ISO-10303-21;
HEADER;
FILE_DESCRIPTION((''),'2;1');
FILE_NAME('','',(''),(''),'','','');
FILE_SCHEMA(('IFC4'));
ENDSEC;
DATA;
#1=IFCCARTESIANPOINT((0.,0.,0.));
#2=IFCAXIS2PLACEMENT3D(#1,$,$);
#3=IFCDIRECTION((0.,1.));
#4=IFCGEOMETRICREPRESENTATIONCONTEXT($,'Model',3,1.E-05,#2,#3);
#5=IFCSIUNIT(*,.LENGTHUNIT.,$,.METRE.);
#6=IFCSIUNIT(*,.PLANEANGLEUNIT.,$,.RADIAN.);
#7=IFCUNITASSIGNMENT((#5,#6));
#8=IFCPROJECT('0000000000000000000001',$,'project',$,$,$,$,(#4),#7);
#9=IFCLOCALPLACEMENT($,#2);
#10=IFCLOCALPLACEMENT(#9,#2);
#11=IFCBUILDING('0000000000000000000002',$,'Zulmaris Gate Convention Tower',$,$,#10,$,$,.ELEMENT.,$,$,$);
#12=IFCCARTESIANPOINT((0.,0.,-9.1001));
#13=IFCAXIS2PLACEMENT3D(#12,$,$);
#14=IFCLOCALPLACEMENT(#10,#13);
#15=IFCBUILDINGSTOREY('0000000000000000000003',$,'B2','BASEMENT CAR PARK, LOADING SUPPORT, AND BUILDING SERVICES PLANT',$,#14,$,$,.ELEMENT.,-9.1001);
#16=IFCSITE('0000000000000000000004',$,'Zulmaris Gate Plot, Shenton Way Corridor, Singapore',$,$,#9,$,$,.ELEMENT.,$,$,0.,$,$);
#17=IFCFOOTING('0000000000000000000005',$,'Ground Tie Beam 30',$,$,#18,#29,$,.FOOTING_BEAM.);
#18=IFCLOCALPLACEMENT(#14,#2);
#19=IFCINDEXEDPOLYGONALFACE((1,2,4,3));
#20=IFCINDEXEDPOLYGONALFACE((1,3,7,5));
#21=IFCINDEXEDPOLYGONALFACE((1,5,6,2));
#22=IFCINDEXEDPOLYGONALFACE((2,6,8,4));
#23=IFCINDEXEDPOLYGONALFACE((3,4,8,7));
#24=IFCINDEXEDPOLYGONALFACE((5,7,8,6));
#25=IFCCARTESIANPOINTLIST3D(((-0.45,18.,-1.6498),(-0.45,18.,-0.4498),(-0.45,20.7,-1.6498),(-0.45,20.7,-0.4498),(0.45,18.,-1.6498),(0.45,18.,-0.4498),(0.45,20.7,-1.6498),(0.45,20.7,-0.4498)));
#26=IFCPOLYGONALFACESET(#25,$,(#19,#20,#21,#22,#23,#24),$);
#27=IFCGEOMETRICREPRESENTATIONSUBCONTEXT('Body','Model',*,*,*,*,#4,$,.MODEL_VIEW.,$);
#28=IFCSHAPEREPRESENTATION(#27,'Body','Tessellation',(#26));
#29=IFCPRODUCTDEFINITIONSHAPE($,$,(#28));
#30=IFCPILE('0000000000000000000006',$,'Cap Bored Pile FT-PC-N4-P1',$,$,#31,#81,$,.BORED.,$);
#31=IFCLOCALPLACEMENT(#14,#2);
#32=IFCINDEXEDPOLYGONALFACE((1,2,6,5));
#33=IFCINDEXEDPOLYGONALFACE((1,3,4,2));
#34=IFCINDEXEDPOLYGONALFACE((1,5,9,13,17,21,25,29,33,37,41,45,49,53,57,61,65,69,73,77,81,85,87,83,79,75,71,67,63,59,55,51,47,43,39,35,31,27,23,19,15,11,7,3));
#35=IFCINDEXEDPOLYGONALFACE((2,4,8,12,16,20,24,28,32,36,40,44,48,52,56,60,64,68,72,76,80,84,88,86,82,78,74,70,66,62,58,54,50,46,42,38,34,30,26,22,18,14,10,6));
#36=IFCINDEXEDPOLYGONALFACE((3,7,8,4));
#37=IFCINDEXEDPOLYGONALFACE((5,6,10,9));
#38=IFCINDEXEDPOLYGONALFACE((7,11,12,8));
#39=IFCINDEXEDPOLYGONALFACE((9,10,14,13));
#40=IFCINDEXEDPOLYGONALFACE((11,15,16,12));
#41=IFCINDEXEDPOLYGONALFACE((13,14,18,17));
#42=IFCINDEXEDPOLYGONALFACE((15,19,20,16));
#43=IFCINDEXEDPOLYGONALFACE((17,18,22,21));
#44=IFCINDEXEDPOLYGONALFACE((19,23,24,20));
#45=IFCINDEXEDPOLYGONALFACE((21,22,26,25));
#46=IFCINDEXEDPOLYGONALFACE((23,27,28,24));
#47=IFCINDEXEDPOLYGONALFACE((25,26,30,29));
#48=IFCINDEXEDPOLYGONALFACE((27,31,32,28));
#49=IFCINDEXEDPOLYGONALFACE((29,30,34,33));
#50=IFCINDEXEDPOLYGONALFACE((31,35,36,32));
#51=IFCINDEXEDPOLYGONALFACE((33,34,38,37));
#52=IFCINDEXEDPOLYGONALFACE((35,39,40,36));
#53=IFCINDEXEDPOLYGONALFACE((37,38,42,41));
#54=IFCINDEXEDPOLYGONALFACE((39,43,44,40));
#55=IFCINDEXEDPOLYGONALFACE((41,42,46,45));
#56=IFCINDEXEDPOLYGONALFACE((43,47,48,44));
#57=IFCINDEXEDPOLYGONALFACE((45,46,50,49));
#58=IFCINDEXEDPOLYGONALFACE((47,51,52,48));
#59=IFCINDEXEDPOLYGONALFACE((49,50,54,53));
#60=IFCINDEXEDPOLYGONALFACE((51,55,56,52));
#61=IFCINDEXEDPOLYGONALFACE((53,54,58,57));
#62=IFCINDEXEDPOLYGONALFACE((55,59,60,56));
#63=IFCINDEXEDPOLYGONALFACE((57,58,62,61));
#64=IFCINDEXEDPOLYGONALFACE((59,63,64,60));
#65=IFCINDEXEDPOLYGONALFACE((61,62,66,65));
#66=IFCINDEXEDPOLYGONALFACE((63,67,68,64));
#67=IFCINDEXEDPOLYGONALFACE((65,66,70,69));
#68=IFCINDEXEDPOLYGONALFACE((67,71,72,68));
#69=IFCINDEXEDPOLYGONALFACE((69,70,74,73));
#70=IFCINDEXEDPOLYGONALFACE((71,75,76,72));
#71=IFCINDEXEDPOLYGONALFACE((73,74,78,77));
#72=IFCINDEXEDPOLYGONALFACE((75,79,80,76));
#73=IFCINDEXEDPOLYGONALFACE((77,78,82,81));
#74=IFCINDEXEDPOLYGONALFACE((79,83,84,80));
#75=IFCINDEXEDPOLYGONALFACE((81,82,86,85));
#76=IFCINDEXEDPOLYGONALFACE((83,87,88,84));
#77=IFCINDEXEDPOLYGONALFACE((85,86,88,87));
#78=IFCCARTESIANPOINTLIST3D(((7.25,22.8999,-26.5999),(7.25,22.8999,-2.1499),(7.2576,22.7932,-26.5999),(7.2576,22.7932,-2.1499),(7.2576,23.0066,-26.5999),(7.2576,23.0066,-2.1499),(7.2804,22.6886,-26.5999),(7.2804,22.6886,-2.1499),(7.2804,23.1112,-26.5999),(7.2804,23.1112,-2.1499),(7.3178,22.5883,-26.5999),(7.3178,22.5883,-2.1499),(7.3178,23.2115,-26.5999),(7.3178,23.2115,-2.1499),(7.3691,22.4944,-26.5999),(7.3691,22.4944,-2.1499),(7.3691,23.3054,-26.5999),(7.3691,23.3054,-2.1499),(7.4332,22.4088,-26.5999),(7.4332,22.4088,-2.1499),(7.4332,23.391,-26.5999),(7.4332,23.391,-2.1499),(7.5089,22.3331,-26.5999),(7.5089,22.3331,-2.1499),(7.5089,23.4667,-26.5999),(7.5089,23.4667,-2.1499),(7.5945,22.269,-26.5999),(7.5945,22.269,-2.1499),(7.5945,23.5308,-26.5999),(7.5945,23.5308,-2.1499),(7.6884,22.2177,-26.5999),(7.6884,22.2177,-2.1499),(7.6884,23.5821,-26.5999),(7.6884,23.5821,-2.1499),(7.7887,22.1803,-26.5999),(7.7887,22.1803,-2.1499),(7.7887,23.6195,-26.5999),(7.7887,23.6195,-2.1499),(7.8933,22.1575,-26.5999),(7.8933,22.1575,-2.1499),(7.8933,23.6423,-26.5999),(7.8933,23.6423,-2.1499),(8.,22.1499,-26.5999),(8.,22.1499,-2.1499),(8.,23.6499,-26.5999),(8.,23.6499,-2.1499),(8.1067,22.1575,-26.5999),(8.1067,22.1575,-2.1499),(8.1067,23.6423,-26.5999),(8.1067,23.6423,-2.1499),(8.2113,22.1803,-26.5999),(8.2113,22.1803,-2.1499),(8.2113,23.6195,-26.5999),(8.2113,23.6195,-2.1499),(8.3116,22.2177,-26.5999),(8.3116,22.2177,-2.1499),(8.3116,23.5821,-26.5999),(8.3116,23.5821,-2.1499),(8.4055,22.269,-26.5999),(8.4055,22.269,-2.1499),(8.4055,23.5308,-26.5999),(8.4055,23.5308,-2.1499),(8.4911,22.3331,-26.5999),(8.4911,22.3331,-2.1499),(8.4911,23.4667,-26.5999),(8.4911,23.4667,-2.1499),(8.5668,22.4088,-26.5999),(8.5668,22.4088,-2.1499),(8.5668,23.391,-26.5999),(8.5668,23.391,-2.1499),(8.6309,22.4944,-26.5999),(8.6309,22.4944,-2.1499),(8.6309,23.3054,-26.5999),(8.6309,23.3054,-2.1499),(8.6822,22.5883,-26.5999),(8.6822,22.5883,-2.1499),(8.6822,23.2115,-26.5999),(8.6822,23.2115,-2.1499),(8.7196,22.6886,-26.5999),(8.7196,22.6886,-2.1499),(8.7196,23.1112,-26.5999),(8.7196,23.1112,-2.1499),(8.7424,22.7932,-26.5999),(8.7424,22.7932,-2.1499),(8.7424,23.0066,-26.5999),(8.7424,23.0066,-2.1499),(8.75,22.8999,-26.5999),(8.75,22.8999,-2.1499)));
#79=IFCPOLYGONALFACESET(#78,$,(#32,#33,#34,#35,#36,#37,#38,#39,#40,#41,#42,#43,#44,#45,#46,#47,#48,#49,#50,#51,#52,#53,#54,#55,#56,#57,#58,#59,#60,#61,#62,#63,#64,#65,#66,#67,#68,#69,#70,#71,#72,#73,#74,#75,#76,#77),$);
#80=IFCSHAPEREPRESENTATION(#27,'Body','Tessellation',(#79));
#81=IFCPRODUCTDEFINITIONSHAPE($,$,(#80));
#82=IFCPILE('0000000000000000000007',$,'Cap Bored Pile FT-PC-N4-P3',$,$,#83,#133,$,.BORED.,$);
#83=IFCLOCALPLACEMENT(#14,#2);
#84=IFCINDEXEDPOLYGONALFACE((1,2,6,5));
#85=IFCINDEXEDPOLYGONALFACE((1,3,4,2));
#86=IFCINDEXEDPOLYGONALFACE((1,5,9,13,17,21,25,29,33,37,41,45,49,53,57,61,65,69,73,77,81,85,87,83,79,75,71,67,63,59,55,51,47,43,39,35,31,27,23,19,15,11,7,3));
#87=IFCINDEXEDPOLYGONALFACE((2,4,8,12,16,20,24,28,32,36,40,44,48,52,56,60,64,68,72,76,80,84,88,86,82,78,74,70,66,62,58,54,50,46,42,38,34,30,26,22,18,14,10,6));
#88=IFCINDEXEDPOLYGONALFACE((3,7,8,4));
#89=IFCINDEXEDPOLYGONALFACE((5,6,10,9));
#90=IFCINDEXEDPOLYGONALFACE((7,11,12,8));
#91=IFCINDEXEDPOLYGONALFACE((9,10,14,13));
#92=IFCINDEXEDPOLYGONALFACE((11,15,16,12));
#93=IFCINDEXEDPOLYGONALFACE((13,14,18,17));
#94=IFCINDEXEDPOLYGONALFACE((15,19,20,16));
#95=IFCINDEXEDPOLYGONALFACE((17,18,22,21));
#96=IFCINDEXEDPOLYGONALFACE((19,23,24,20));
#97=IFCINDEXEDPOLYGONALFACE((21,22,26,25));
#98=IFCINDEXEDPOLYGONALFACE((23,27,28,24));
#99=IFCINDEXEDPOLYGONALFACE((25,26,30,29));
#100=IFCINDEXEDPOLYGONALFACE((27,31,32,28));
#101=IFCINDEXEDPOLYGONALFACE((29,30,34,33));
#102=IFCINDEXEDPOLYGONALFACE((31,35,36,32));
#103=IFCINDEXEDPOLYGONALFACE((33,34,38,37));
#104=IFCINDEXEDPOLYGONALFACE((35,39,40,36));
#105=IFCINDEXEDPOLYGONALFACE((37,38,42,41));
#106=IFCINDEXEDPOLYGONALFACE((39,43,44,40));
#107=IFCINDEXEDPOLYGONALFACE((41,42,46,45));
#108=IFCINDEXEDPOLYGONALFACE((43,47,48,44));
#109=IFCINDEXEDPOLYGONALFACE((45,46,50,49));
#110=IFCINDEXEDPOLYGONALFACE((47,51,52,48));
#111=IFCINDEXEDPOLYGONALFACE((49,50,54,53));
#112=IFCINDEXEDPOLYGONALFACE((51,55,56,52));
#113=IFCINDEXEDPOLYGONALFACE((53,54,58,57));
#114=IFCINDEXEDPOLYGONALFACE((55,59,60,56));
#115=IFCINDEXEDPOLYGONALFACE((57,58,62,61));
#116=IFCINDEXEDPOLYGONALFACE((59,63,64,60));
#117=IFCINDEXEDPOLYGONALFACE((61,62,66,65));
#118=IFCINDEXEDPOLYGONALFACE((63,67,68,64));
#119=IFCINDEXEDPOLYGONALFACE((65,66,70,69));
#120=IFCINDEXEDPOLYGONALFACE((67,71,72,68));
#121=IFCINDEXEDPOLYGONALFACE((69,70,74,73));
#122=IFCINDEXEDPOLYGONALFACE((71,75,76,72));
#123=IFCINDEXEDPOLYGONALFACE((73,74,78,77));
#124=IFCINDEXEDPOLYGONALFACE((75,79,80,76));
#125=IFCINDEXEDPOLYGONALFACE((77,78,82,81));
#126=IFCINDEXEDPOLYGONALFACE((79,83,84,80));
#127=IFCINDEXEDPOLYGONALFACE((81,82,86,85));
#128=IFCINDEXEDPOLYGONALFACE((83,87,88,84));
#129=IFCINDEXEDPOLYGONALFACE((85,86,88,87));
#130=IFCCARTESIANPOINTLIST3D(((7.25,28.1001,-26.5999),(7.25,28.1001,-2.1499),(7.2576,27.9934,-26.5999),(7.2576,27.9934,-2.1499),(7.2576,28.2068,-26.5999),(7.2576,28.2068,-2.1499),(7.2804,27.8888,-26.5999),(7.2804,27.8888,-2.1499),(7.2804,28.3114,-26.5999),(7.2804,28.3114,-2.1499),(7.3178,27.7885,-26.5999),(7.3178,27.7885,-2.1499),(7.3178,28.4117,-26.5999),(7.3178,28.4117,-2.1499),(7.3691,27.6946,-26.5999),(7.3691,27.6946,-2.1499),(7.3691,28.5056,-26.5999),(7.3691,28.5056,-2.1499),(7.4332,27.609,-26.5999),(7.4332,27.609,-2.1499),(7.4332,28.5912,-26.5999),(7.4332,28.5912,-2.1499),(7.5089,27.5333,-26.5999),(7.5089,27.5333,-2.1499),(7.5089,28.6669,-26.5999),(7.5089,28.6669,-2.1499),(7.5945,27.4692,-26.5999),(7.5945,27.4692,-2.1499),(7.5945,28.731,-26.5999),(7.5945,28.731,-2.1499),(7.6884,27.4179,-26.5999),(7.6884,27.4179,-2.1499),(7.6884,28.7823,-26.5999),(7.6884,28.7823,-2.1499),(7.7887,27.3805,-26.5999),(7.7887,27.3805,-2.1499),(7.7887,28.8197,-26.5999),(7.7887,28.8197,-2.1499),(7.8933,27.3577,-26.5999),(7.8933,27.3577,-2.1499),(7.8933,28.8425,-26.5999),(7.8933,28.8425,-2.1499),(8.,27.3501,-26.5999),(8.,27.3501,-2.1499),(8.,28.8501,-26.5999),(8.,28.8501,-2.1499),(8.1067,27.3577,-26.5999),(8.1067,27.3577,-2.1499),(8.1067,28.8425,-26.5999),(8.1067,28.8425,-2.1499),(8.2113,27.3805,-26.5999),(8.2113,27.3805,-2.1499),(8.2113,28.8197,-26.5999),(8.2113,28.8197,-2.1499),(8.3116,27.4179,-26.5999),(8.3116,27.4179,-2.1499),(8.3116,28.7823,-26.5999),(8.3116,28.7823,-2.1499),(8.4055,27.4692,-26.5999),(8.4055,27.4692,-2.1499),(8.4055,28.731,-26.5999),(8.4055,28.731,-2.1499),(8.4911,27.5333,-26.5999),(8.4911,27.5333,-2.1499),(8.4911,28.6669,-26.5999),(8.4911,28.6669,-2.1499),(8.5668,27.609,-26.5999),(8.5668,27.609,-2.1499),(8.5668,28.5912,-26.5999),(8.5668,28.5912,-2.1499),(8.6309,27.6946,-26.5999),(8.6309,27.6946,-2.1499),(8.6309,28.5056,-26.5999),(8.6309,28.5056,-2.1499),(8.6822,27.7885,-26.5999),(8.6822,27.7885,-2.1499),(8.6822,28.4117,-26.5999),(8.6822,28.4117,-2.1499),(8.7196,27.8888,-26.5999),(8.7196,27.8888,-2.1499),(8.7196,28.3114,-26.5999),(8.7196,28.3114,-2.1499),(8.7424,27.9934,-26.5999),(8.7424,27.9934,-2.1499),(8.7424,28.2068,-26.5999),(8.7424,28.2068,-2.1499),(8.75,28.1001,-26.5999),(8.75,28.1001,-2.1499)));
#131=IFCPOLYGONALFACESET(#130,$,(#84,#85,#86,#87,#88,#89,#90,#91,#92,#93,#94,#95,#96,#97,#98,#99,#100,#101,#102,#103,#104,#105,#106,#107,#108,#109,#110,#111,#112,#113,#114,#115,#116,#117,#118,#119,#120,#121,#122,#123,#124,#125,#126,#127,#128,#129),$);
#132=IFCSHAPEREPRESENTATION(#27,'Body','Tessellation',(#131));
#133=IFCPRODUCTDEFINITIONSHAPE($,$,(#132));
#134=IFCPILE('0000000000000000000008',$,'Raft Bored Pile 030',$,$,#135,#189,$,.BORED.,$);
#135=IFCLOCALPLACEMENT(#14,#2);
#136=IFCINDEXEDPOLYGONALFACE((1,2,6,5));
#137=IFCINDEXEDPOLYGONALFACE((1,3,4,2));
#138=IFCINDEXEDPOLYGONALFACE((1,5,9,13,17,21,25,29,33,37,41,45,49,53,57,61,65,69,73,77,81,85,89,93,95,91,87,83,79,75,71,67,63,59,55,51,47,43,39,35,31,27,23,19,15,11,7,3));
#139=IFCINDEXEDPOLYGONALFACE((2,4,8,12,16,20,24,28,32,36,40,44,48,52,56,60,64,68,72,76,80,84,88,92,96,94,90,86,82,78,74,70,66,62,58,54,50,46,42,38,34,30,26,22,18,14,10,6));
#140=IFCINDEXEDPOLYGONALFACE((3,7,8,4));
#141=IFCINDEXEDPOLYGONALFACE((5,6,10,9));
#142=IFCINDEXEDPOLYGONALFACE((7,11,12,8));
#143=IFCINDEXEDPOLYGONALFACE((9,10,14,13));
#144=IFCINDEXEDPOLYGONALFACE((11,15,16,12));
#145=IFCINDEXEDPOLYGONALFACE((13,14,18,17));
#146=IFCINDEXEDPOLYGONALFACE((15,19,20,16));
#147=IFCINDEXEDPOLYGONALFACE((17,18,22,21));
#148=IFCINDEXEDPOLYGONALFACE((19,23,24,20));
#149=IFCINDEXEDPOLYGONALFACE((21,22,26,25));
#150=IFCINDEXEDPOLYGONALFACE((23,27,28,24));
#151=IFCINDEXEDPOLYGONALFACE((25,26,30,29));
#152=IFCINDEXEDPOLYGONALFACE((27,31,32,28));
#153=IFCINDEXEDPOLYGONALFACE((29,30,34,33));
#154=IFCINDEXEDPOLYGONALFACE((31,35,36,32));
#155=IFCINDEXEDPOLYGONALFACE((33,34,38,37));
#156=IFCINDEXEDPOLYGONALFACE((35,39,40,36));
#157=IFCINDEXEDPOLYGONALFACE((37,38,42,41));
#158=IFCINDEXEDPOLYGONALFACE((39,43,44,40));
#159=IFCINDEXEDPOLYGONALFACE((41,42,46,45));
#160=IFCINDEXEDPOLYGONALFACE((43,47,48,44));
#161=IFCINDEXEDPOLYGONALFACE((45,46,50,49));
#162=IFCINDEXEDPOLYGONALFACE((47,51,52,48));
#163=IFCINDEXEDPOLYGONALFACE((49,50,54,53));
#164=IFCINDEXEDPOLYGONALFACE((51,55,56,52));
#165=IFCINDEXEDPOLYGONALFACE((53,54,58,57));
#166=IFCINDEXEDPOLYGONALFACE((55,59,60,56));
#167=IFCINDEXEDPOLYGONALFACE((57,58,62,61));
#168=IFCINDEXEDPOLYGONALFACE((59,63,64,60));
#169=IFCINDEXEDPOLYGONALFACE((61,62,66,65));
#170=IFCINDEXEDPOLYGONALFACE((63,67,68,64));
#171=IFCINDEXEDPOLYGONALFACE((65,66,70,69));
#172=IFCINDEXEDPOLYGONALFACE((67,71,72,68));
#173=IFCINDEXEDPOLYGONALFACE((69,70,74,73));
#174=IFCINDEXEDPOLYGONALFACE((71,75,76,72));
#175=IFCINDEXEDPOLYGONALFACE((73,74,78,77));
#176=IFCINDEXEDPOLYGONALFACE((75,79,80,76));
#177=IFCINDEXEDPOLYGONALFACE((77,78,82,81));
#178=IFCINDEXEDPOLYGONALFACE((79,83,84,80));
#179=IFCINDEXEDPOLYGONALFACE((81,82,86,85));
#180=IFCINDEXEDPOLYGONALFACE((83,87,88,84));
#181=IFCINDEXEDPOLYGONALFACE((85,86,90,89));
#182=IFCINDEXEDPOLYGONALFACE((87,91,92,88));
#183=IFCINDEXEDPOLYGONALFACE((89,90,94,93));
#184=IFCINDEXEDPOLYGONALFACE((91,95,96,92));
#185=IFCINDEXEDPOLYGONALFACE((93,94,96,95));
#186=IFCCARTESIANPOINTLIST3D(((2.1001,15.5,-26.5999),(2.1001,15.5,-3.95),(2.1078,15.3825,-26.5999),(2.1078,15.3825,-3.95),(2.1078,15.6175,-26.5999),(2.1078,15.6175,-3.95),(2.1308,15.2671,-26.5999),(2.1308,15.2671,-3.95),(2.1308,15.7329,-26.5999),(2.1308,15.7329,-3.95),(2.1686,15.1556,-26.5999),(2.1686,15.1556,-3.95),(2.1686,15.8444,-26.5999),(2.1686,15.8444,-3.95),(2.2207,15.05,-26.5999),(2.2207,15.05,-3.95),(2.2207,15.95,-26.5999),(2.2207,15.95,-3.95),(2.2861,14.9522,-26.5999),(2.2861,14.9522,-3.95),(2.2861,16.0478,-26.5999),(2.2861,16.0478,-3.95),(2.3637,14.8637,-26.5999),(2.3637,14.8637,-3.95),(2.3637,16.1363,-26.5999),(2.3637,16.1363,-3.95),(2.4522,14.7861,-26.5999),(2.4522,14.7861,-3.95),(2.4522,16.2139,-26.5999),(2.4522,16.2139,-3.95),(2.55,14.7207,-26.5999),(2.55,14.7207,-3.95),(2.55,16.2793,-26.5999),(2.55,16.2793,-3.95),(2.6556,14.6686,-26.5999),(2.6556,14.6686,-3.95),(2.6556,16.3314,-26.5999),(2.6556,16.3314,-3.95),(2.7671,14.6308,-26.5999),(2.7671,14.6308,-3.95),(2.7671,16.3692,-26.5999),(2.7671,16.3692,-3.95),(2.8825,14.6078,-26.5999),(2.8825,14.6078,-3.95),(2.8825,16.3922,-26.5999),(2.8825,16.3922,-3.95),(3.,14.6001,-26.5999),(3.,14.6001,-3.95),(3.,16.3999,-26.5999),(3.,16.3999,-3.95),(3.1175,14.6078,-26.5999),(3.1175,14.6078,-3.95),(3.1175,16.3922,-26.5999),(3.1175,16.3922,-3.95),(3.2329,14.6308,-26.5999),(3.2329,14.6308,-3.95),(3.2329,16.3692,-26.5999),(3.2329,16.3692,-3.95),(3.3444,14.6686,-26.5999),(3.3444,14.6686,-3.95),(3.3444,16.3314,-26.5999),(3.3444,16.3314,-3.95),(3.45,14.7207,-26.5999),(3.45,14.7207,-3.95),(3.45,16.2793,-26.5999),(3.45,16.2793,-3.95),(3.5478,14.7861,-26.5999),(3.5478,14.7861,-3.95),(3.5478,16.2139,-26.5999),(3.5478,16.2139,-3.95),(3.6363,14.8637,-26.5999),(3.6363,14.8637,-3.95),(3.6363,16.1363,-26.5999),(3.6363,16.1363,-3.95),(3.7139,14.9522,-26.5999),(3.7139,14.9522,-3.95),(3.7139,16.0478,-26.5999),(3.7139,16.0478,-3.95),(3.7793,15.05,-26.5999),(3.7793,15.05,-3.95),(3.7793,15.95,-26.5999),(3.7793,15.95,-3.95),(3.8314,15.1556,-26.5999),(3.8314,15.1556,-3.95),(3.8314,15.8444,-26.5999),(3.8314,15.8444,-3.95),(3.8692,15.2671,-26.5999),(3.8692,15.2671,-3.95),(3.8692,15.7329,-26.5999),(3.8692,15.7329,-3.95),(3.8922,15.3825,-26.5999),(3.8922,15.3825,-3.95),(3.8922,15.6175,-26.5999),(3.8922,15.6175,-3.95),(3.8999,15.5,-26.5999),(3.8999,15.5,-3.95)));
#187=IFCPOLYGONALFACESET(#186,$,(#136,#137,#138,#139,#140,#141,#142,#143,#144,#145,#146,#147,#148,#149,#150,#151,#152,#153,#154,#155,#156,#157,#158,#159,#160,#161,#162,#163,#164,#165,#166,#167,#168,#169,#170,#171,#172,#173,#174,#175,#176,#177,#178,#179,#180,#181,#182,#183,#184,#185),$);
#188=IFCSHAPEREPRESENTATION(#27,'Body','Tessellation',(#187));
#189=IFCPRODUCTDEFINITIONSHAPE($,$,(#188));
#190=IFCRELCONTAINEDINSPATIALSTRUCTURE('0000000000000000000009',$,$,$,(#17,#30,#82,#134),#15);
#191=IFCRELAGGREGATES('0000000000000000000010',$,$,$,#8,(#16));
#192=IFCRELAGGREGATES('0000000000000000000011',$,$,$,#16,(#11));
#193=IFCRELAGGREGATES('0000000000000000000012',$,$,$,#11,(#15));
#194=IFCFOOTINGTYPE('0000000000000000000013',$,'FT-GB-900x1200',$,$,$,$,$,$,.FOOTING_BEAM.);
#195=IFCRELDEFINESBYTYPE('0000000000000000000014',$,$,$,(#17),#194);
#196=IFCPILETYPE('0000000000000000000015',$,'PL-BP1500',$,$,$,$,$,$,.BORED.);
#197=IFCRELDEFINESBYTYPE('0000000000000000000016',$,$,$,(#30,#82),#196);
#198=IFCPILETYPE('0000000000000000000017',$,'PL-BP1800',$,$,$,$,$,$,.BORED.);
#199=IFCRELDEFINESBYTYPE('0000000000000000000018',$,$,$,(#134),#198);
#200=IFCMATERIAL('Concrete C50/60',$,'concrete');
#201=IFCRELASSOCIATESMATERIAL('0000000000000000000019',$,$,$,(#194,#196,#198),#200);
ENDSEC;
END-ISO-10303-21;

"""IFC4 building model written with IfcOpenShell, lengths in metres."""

from ifc_helpers import new_model, si_unit, direction, frame, origin, origin_2d, place, context, subcontext, project, spatial, rectangle, circle, extrude, material, material_profile, profile_set, type_object, element, save


model = new_model("IFC4")

# Units and contexts
model_context = context("Model", 3, precision=1e-05, world=origin(), true_north=direction((0.0, 1.0)))
body_context = subcontext(model_context, "Body", "Model", "MODEL_VIEW")
ifc_project = project(units=[si_unit("LENGTHUNIT", "METRE"), si_unit("PLANEANGLEUNIT", "RADIAN")], contexts=[model_context])

# Site, building, storey
site_placement = place(None, origin())
site = spatial("IfcSite", under=ifc_project, at=site_placement, Name="Zulmaris Gate Plot, Shenton Way Corridor, Singapore", CompositionType="ELEMENT", RefElevation=0.0)
building_placement = place(site_placement, origin())
building = spatial("IfcBuilding", under=site, at=building_placement, Name="Zulmaris Gate Convention Tower", CompositionType="ELEMENT")
storey_placement = place(building_placement, frame((0.0, 0.0, -9.1001)))
storey = spatial("IfcBuildingStorey", under=building, at=storey_placement, Name="B2", Description="BASEMENT CAR PARK, LOADING SUPPORT, AND BUILDING SERVICES PLANT", CompositionType="ELEMENT", Elevation=-9.1001)

# Footing
ifc_material_1 = material(Name="Concrete C50/60", Category="concrete")
ifc_material_profile_1 = material_profile(ifc_material_1, rectangle(XDim=0.8999, YDim=1.2, at=origin_2d()), Name="RC TIE 900x1200")
ifc_profile_set_1 = profile_set([ifc_material_profile_1], Name="Concrete C50/60")
footing_type = type_object("IfcFootingType", Name="FT-GB-900x1200", PredefinedType="FOOTING_BEAM", material=ifc_profile_set_1)
footing_placement = place(storey_placement, frame((0.0, 18.0, -1.0498), z_axis=(0.0, 1.0, 0.0), x_axis=(-1.0, 0.0, 0.0)))
element("IfcFooting", 1, at=footing_placement, inside=storey, type_object=footing_type, Name="Ground Tie Beam 30", PredefinedType="FOOTING_BEAM", context=body_context, shape_type="SweptSolid", body=[
    extrude(rectangle(XDim=0.8999, YDim=1.2, at=origin_2d()), origin(), (0.0, 0.0, 1.0), 2.7),
])

# Piles
ifc_material_profile_2 = material_profile(ifc_material_1, circle(Radius=0.75, at=origin_2d()), Name="BORED PILE 1500")
ifc_profile_set_2 = profile_set([ifc_material_profile_2], Name="Concrete C50/60")
pile_type_1 = type_object("IfcPileType", Name="PL-BP1500", PredefinedType="BORED", material=ifc_profile_set_2)
for number, where, z_axis, x_axis, name in (
    (2, (8.0, 22.8999, -2.1499), (0.0, 0.0, -1.0), (1.0, 0.0, 0.0), "Cap Bored Pile FT-PC-N4-P1"),
    (3, (8.0, 28.1001, -2.1499), (0.0, 0.0, -1.0), (1.0, 0.0, 0.0), "Cap Bored Pile FT-PC-N4-P3"),
):
    element("IfcPile", number, at=place(storey_placement, frame(where, z_axis=z_axis, x_axis=x_axis)), inside=storey, type_object=pile_type_1, Name=name, PredefinedType="BORED", context=body_context, shape_type="SweptSolid", body=[
        extrude(circle(Radius=0.75, at=origin_2d()), origin(), (0.0, 0.0, 1.0), 24.45),
    ])
ifc_material_profile_3 = material_profile(ifc_material_1, circle(Radius=0.8999, at=origin_2d()), Name="BORED PILE 1800")
ifc_profile_set_3 = profile_set([ifc_material_profile_3], Name="Concrete C50/60")
pile_type_2 = type_object("IfcPileType", Name="PL-BP1800", PredefinedType="BORED", material=ifc_profile_set_3)
for number, where, z_axis, x_axis, name in (
    (4, (3.0, 15.5, -3.95), (0.0, 0.0, -1.0), (1.0, 0.0, 0.0), "Raft Bored Pile 030"),
):
    element("IfcPile", number, at=place(storey_placement, frame(where, z_axis=z_axis, x_axis=x_axis)), inside=storey, type_object=pile_type_2, Name=name, PredefinedType="BORED", context=body_context, shape_type="SweptSolid", body=[
        extrude(circle(Radius=0.8999, at=origin_2d()), origin(), (0.0, 0.0, 1.0), 22.6499),
    ])

save(model, "model.ifc")
